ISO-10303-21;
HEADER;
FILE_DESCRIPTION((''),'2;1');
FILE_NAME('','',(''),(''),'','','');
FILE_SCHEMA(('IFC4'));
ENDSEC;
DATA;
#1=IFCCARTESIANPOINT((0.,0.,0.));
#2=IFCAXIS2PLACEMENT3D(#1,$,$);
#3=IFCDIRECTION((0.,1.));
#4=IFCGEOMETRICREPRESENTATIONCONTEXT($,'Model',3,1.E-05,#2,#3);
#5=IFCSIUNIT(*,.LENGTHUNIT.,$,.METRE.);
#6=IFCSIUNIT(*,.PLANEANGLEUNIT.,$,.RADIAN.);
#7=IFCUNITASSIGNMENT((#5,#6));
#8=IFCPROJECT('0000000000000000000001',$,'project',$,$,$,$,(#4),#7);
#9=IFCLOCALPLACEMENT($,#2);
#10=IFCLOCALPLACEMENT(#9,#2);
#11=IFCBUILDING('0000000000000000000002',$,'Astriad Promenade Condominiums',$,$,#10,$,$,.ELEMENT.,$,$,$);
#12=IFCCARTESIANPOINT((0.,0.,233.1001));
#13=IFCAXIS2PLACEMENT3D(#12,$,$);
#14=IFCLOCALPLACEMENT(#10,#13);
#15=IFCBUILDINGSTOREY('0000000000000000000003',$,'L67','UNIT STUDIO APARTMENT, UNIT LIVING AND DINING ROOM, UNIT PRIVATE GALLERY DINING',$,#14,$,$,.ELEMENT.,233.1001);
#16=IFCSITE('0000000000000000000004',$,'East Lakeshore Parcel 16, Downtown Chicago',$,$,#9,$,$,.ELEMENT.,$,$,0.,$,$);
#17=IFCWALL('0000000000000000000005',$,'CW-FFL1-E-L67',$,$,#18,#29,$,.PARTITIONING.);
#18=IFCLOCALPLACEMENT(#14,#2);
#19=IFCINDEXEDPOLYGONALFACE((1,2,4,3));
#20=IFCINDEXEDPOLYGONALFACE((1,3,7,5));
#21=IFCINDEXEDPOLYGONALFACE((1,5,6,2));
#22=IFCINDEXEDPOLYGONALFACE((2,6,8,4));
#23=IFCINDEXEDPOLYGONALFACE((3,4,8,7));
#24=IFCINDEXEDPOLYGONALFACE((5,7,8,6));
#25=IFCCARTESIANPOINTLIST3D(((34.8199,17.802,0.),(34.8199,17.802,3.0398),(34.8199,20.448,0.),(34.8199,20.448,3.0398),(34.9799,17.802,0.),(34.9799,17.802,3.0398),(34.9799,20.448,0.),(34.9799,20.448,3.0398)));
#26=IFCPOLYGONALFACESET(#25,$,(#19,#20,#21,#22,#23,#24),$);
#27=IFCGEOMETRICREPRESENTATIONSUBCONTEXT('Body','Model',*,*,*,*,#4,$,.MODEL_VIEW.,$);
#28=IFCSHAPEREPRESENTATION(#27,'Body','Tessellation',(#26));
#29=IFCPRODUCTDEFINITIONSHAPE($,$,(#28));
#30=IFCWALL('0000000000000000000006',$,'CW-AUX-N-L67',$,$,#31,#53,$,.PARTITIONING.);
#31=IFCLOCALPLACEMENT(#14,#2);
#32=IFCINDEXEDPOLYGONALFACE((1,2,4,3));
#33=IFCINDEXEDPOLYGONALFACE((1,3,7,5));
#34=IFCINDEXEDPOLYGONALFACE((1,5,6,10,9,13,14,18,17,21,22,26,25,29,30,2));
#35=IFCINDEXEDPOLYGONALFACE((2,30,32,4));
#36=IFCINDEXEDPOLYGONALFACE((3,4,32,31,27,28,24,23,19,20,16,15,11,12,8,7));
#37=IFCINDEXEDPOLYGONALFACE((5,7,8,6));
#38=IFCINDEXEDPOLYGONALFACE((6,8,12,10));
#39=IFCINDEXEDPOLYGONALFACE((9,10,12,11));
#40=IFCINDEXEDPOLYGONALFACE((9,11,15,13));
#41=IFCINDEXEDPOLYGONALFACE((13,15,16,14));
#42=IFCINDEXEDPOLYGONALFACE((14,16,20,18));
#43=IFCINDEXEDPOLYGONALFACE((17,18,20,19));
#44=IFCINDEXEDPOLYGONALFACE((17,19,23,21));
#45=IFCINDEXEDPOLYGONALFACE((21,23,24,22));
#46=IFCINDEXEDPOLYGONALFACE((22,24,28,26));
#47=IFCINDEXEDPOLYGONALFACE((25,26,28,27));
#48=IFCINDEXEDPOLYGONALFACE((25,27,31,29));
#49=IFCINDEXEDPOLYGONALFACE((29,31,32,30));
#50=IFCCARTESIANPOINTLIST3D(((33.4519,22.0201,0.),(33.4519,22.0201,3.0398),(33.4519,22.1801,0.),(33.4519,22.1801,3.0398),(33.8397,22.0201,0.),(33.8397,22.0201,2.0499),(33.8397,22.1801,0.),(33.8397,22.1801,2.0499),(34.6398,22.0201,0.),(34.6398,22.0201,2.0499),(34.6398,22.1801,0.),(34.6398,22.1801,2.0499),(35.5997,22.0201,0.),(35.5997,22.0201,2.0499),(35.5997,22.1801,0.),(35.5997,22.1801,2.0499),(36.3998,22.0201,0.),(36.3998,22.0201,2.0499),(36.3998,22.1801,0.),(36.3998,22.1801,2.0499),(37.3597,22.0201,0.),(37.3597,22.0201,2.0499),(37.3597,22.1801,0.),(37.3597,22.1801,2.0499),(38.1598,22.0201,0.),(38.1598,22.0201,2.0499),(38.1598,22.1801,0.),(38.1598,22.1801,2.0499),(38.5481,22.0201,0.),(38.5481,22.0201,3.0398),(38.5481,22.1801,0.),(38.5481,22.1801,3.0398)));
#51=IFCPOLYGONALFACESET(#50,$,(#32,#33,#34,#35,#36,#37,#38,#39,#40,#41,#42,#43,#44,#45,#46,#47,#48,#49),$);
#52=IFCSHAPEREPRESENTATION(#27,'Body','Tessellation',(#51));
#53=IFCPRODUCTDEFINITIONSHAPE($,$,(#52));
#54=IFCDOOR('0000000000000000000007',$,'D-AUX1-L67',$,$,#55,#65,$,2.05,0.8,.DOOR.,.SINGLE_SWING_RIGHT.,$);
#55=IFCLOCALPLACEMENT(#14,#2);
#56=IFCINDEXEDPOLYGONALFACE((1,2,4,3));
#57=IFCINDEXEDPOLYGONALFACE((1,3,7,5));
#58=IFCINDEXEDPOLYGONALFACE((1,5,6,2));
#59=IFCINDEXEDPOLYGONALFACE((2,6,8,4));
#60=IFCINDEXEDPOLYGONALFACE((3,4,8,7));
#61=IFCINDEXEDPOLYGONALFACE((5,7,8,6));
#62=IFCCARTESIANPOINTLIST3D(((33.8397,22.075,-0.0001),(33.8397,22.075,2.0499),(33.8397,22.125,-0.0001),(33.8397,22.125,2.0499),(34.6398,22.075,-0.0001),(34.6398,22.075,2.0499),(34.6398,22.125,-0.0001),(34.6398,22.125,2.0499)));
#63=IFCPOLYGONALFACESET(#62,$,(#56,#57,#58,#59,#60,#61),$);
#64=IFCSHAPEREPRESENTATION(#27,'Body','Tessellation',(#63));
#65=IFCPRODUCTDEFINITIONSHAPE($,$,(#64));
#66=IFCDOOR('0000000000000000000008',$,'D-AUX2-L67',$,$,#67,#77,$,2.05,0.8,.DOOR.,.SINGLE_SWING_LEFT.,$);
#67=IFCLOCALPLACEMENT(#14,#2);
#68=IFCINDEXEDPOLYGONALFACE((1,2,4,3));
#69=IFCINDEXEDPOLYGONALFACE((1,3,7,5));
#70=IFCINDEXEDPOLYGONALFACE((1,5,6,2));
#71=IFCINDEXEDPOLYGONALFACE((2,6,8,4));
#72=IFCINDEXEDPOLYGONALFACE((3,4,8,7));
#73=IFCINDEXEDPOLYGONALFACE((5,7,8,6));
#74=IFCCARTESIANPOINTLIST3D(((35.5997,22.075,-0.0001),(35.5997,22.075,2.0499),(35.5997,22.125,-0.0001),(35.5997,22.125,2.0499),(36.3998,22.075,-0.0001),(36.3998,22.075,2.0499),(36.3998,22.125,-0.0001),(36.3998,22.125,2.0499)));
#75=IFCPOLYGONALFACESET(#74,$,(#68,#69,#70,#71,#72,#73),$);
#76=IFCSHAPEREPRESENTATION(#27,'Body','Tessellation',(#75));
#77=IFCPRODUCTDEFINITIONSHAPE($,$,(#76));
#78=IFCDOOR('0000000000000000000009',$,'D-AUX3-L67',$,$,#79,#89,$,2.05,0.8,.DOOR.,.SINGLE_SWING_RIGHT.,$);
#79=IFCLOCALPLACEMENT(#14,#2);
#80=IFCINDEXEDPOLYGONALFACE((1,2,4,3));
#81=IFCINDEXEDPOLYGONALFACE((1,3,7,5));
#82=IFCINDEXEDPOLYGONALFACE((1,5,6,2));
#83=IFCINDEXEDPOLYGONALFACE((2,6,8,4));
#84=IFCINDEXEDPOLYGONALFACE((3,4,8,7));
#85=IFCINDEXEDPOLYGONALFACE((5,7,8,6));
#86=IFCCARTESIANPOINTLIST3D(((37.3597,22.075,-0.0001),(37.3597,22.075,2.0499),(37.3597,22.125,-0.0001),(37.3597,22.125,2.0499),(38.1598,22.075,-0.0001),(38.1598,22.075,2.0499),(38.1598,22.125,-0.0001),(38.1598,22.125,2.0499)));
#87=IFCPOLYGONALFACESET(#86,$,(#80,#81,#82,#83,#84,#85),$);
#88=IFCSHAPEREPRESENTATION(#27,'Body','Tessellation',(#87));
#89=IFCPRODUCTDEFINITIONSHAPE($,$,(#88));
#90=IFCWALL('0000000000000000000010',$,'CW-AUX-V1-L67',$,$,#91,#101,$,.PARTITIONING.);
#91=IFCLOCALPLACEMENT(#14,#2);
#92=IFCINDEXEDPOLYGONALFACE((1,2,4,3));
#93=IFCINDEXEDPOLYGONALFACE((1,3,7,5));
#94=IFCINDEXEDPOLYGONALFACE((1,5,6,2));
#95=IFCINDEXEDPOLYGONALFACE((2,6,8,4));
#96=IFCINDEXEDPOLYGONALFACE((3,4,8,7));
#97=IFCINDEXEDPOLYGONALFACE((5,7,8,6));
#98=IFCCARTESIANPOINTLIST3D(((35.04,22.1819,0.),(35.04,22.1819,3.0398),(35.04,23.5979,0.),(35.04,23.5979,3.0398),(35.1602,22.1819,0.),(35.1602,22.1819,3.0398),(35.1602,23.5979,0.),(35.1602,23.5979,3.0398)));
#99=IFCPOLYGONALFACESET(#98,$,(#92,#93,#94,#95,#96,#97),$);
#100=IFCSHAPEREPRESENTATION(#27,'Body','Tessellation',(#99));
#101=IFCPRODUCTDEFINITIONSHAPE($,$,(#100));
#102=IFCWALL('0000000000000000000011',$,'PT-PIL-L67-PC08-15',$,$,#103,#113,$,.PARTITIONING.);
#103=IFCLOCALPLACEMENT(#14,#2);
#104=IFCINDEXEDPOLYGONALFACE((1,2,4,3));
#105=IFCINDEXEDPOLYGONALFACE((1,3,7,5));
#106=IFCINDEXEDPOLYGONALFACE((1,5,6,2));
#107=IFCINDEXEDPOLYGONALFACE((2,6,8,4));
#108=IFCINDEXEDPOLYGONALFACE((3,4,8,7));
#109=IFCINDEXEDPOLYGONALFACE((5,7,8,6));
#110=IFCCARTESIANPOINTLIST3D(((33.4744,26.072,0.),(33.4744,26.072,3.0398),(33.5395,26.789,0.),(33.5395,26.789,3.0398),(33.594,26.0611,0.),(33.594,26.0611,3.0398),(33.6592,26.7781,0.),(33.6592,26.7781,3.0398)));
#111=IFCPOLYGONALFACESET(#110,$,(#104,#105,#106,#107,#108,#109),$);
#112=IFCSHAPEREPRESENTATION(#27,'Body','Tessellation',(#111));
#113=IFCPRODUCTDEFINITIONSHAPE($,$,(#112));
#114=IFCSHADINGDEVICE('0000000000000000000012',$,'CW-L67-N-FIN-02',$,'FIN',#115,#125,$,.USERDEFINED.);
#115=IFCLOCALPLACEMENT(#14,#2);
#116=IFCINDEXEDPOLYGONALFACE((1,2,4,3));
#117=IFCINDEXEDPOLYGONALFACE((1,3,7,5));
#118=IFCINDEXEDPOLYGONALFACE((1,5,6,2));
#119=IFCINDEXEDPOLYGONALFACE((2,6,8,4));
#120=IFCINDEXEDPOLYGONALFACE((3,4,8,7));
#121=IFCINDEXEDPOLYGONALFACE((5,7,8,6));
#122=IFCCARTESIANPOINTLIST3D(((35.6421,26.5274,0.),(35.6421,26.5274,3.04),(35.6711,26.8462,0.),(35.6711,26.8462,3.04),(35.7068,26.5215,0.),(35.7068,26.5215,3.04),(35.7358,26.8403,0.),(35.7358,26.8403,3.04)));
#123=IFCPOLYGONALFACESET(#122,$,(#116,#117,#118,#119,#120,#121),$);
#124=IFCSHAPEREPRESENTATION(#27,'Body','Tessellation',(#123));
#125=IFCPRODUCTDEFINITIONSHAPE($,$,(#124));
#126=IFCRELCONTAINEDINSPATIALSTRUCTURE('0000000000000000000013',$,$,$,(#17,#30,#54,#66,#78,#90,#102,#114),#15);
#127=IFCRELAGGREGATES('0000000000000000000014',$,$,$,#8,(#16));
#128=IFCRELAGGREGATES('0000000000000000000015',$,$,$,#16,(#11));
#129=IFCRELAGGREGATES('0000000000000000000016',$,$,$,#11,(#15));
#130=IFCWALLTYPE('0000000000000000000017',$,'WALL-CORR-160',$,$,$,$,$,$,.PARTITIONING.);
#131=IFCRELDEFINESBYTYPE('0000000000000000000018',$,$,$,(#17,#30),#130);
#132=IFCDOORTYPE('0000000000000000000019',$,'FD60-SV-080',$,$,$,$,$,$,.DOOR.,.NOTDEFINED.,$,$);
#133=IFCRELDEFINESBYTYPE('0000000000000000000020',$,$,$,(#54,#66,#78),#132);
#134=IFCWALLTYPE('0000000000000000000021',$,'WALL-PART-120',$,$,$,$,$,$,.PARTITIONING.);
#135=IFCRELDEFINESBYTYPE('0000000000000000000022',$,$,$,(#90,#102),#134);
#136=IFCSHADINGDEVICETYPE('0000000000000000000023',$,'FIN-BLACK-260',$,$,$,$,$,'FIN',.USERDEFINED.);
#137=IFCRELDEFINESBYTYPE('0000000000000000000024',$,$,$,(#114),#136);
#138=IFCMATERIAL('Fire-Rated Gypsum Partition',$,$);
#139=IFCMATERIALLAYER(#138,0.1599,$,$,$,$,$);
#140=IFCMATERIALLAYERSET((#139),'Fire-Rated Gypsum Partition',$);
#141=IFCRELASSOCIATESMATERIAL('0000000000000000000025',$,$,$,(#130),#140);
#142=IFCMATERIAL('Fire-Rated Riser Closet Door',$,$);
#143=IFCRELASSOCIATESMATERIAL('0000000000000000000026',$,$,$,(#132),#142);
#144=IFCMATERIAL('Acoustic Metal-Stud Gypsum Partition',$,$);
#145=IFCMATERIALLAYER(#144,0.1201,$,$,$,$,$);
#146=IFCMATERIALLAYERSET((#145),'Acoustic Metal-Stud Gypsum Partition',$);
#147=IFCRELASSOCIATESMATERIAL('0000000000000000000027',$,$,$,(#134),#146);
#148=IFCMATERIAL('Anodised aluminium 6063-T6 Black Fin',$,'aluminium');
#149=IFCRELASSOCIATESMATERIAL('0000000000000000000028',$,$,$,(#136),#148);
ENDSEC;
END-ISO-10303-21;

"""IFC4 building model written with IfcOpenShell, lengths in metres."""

from ifc_helpers import new_model, si_unit, direction, frame, frame_2d, origin, origin_2d, place, context, subcontext, project, spatial, rectangle, extrude, source, transform, mapped, material, layer, layer_set, type_object, type_shapes, element, fill, save


model = new_model("IFC4")

# Units and contexts
model_context = context("Model", 3, precision=1e-05, world=origin(), true_north=direction((0.0, 1.0)))
body_context = subcontext(model_context, "Body", "Model", "MODEL_VIEW")
ifc_project = project(units=[si_unit("LENGTHUNIT", "METRE"), si_unit("PLANEANGLEUNIT", "RADIAN")], contexts=[model_context])

# Site, building, storey
site_placement = place(None, origin())
site = spatial("IfcSite", under=ifc_project, at=site_placement, Name="East Lakeshore Parcel 16, Downtown Chicago", CompositionType="ELEMENT", RefElevation=0.0)
building_placement = place(site_placement, origin())
building = spatial("IfcBuilding", under=site, at=building_placement, Name="Astriad Promenade Condominiums", CompositionType="ELEMENT")
storey_placement = place(building_placement, frame((0.0, 0.0, 233.1001)))
storey = spatial("IfcBuildingStorey", under=building, at=storey_placement, Name="L67", Description="UNIT STUDIO APARTMENT, UNIT LIVING AND DINING ROOM, UNIT PRIVATE GALLERY DINING", CompositionType="ELEMENT", Elevation=233.1001)

# Wall
ifc_material_1 = material(Name="Fire-Rated Gypsum Partition")
ifc_layer_1 = layer(ifc_material_1, 0.1599)
ifc_layer_set_1 = layer_set([ifc_layer_1], Name="Fire-Rated Gypsum Partition")
wall_type_1 = type_object("IfcWallType", Name="WALL-CORR-160", PredefinedType="PARTITIONING", material=ifc_layer_set_1)
wall_1_placement = place(storey_placement, frame((34.8999, 17.802, 0.0), z_axis=(0.0, 0.0, 1.0), x_axis=(0.0, 1.0, 0.0)))
element("IfcWall", 1, at=wall_1_placement, inside=storey, type_object=wall_type_1, Name="CW-FFL1-E-L67", PredefinedType="PARTITIONING", context=body_context, shape_type="SweptSolid", body=[
    extrude(rectangle(XDim=2.646, YDim=0.1599, at=frame_2d((1.323, 0.0))), origin(), (0.0, 0.0, 1.0), 3.0398),
])

# Wall, openings, doors
wall_2_placement = place(storey_placement, frame((33.4519, 22.1001, 0.0), z_axis=(0.0, 0.0, 1.0), x_axis=(1.0, 0.0, 0.0)))
wall_2 = element("IfcWall", 2, at=wall_2_placement, inside=storey, type_object=wall_type_1, Name="CW-AUX-N-L67", PredefinedType="PARTITIONING", context=body_context, shape_type="SweptSolid", body=[
    extrude(rectangle(XDim=5.0962, YDim=0.1599, at=frame_2d((2.5481, 0.0))), origin(), (0.0, 0.0, 1.0), 3.0398),
])
opening_1_placement = place(wall_2_placement, frame((0.3879, 0.0, 0.0)))
opening_1 = element("IfcOpeningElement", 3, at=opening_1_placement, cuts=wall_2, PredefinedType="OPENING", context=body_context, shape_type="SweptSolid", body=[
    extrude(rectangle(XDim=0.8, YDim=2.05, at=frame_2d((0.3999, 1.0249))), frame((0.0, 0.0898, 0.0), z_axis=(0.0, -1.0, 0.0), x_axis=(1.0, 0.0, 0.0)), (0.0, 0.0, 1.0), 0.1799),
])
opening_2_placement = place(wall_2_placement, frame((2.1479, 0.0, 0.0)))
opening_2 = element("IfcOpeningElement", 4, at=opening_2_placement, cuts=wall_2, PredefinedType="OPENING", context=body_context, shape_type="SweptSolid", body=[
    extrude(rectangle(XDim=0.8, YDim=2.05, at=frame_2d((0.3999, 1.0249))), frame((0.0, 0.0898, 0.0), z_axis=(0.0, -1.0, 0.0), x_axis=(1.0, 0.0, 0.0)), (0.0, 0.0, 1.0), 0.1799),
])
opening_3_placement = place(wall_2_placement, frame((3.908, 0.0, 0.0)))
opening_3 = element("IfcOpeningElement", 5, at=opening_3_placement, cuts=wall_2, PredefinedType="OPENING", context=body_context, shape_type="SweptSolid", body=[
    extrude(rectangle(XDim=0.8, YDim=2.05, at=frame_2d((0.3999, 1.0249))), frame((0.0, 0.0898, 0.0), z_axis=(0.0, -1.0, 0.0), x_axis=(1.0, 0.0, 0.0)), (0.0, 0.0, 1.0), 0.1799),
])
ifc_material_2 = material(Name="Fire-Rated Riser Closet Door")
door_type_1 = type_object("IfcDoorType", Name="FD60-SV-080", OperationType="NOTDEFINED", PredefinedType="DOOR", material=ifc_material_2)
shared_shape_1 = source(origin(), body_context, "Body", "SweptSolid", [
    extrude(rectangle(XDim=0.8, YDim=2.05, at=frame_2d((0.3999, 1.0249))), frame((0.0, 0.0249, 0.0), z_axis=(0.0, -1.0, 0.0), x_axis=(1.0, 0.0, 0.0)), (0.0, 0.0, 1.0), 0.05),
])
type_shapes(door_type_1, [shared_shape_1])
door_1_placement = place(opening_1_placement, origin())
door_1 = element("IfcDoor", 6, at=door_1_placement, inside=storey, type_object=door_type_1, Name="D-AUX1-L67", OperationType="SINGLE_SWING_RIGHT", OverallHeight=2.05, OverallWidth=0.8, PredefinedType="DOOR", context=body_context, shape_type="MappedRepresentation", body=[
    mapped(shared_shape_1, transform((0.0, 0.0, 0.0), scale=1.0)),
])
fill(opening_1, door_1)
door_2_placement = place(opening_2_placement, origin())
door_2 = element("IfcDoor", 7, at=door_2_placement, inside=storey, type_object=door_type_1, Name="D-AUX2-L67", OperationType="SINGLE_SWING_LEFT", OverallHeight=2.05, OverallWidth=0.8, PredefinedType="DOOR", context=body_context, shape_type="MappedRepresentation", body=[
    mapped(shared_shape_1, transform((0.0, 0.0, 0.0), scale=1.0)),
])
fill(opening_2, door_2)
door_3_placement = place(opening_3_placement, origin())
door_3 = element("IfcDoor", 8, at=door_3_placement, inside=storey, type_object=door_type_1, Name="D-AUX3-L67", OperationType="SINGLE_SWING_RIGHT", OverallHeight=2.05, OverallWidth=0.8, PredefinedType="DOOR", context=body_context, shape_type="MappedRepresentation", body=[
    mapped(shared_shape_1, transform((0.0, 0.0, 0.0), scale=1.0)),
])
fill(opening_3, door_3)

# Walls
ifc_material_3 = material(Name="Acoustic Metal-Stud Gypsum Partition")
ifc_layer_2 = layer(ifc_material_3, 0.1201)
ifc_layer_set_2 = layer_set([ifc_layer_2], Name="Acoustic Metal-Stud Gypsum Partition")
wall_type_2 = type_object("IfcWallType", Name="WALL-PART-120", PredefinedType="PARTITIONING", material=ifc_layer_set_2)
wall_3_placement = place(storey_placement, frame((35.1001, 22.1819, 0.0), z_axis=(0.0, 0.0, 1.0), x_axis=(0.0, 1.0, 0.0)))
element("IfcWall", 9, at=wall_3_placement, inside=storey, type_object=wall_type_2, Name="CW-AUX-V1-L67", PredefinedType="PARTITIONING", context=body_context, shape_type="SweptSolid", body=[
    extrude(rectangle(XDim=1.416, YDim=0.1201, at=frame_2d((0.708, 0.0))), origin(), (0.0, 0.0, 1.0), 3.0398),
])
wall_4_placement = place(storey_placement, frame((33.5342, 26.0667, 0.0), z_axis=(0.0, 0.0, 1.0), x_axis=(0.090536, 0.995893, 0.0)))
element("IfcWall", 10, at=wall_4_placement, inside=storey, type_object=wall_type_2, Name="PT-PIL-L67-PC08-15", PredefinedType="PARTITIONING", context=body_context, shape_type="SweptSolid", body=[
    extrude(rectangle(XDim=0.72, YDim=0.1201, at=frame_2d((0.3599, 0.0))), origin(), (0.0, 0.0, 1.0), 3.0398),
])

# Shading device
ifc_material_4 = material(Name="Anodised aluminium 6063-T6 Black Fin", Category="aluminium")
shading_device_type = type_object("IfcShadingDeviceType", Name="FIN-BLACK-260", ElementType="FIN", PredefinedType="USERDEFINED", material=ifc_material_4)
shared_shape_2 = source(origin(), body_context, "Body", "SweptSolid", [
    extrude(rectangle(XDim=0.0649, YDim=0.3201, at=origin_2d()), origin(), (0.0, 0.0, 1.0), 3.04),
])
type_shapes(shading_device_type, [shared_shape_2])
shading_device_placement = place(storey_placement, frame((35.689, 26.6838, 0.0), z_axis=(0.0, 0.0, 1.0), x_axis=(0.995884, -0.090633, 0.0)))
element("IfcShadingDevice", 11, at=shading_device_placement, inside=storey, type_object=shading_device_type, Name="CW-L67-N-FIN-02", ObjectType="FIN", PredefinedType="USERDEFINED", context=body_context, shape_type="MappedRepresentation", body=[
    mapped(shared_shape_2, transform((0.0, 0.0, 0.0), scale=1.0)),
])

save(model, "model.ifc")
